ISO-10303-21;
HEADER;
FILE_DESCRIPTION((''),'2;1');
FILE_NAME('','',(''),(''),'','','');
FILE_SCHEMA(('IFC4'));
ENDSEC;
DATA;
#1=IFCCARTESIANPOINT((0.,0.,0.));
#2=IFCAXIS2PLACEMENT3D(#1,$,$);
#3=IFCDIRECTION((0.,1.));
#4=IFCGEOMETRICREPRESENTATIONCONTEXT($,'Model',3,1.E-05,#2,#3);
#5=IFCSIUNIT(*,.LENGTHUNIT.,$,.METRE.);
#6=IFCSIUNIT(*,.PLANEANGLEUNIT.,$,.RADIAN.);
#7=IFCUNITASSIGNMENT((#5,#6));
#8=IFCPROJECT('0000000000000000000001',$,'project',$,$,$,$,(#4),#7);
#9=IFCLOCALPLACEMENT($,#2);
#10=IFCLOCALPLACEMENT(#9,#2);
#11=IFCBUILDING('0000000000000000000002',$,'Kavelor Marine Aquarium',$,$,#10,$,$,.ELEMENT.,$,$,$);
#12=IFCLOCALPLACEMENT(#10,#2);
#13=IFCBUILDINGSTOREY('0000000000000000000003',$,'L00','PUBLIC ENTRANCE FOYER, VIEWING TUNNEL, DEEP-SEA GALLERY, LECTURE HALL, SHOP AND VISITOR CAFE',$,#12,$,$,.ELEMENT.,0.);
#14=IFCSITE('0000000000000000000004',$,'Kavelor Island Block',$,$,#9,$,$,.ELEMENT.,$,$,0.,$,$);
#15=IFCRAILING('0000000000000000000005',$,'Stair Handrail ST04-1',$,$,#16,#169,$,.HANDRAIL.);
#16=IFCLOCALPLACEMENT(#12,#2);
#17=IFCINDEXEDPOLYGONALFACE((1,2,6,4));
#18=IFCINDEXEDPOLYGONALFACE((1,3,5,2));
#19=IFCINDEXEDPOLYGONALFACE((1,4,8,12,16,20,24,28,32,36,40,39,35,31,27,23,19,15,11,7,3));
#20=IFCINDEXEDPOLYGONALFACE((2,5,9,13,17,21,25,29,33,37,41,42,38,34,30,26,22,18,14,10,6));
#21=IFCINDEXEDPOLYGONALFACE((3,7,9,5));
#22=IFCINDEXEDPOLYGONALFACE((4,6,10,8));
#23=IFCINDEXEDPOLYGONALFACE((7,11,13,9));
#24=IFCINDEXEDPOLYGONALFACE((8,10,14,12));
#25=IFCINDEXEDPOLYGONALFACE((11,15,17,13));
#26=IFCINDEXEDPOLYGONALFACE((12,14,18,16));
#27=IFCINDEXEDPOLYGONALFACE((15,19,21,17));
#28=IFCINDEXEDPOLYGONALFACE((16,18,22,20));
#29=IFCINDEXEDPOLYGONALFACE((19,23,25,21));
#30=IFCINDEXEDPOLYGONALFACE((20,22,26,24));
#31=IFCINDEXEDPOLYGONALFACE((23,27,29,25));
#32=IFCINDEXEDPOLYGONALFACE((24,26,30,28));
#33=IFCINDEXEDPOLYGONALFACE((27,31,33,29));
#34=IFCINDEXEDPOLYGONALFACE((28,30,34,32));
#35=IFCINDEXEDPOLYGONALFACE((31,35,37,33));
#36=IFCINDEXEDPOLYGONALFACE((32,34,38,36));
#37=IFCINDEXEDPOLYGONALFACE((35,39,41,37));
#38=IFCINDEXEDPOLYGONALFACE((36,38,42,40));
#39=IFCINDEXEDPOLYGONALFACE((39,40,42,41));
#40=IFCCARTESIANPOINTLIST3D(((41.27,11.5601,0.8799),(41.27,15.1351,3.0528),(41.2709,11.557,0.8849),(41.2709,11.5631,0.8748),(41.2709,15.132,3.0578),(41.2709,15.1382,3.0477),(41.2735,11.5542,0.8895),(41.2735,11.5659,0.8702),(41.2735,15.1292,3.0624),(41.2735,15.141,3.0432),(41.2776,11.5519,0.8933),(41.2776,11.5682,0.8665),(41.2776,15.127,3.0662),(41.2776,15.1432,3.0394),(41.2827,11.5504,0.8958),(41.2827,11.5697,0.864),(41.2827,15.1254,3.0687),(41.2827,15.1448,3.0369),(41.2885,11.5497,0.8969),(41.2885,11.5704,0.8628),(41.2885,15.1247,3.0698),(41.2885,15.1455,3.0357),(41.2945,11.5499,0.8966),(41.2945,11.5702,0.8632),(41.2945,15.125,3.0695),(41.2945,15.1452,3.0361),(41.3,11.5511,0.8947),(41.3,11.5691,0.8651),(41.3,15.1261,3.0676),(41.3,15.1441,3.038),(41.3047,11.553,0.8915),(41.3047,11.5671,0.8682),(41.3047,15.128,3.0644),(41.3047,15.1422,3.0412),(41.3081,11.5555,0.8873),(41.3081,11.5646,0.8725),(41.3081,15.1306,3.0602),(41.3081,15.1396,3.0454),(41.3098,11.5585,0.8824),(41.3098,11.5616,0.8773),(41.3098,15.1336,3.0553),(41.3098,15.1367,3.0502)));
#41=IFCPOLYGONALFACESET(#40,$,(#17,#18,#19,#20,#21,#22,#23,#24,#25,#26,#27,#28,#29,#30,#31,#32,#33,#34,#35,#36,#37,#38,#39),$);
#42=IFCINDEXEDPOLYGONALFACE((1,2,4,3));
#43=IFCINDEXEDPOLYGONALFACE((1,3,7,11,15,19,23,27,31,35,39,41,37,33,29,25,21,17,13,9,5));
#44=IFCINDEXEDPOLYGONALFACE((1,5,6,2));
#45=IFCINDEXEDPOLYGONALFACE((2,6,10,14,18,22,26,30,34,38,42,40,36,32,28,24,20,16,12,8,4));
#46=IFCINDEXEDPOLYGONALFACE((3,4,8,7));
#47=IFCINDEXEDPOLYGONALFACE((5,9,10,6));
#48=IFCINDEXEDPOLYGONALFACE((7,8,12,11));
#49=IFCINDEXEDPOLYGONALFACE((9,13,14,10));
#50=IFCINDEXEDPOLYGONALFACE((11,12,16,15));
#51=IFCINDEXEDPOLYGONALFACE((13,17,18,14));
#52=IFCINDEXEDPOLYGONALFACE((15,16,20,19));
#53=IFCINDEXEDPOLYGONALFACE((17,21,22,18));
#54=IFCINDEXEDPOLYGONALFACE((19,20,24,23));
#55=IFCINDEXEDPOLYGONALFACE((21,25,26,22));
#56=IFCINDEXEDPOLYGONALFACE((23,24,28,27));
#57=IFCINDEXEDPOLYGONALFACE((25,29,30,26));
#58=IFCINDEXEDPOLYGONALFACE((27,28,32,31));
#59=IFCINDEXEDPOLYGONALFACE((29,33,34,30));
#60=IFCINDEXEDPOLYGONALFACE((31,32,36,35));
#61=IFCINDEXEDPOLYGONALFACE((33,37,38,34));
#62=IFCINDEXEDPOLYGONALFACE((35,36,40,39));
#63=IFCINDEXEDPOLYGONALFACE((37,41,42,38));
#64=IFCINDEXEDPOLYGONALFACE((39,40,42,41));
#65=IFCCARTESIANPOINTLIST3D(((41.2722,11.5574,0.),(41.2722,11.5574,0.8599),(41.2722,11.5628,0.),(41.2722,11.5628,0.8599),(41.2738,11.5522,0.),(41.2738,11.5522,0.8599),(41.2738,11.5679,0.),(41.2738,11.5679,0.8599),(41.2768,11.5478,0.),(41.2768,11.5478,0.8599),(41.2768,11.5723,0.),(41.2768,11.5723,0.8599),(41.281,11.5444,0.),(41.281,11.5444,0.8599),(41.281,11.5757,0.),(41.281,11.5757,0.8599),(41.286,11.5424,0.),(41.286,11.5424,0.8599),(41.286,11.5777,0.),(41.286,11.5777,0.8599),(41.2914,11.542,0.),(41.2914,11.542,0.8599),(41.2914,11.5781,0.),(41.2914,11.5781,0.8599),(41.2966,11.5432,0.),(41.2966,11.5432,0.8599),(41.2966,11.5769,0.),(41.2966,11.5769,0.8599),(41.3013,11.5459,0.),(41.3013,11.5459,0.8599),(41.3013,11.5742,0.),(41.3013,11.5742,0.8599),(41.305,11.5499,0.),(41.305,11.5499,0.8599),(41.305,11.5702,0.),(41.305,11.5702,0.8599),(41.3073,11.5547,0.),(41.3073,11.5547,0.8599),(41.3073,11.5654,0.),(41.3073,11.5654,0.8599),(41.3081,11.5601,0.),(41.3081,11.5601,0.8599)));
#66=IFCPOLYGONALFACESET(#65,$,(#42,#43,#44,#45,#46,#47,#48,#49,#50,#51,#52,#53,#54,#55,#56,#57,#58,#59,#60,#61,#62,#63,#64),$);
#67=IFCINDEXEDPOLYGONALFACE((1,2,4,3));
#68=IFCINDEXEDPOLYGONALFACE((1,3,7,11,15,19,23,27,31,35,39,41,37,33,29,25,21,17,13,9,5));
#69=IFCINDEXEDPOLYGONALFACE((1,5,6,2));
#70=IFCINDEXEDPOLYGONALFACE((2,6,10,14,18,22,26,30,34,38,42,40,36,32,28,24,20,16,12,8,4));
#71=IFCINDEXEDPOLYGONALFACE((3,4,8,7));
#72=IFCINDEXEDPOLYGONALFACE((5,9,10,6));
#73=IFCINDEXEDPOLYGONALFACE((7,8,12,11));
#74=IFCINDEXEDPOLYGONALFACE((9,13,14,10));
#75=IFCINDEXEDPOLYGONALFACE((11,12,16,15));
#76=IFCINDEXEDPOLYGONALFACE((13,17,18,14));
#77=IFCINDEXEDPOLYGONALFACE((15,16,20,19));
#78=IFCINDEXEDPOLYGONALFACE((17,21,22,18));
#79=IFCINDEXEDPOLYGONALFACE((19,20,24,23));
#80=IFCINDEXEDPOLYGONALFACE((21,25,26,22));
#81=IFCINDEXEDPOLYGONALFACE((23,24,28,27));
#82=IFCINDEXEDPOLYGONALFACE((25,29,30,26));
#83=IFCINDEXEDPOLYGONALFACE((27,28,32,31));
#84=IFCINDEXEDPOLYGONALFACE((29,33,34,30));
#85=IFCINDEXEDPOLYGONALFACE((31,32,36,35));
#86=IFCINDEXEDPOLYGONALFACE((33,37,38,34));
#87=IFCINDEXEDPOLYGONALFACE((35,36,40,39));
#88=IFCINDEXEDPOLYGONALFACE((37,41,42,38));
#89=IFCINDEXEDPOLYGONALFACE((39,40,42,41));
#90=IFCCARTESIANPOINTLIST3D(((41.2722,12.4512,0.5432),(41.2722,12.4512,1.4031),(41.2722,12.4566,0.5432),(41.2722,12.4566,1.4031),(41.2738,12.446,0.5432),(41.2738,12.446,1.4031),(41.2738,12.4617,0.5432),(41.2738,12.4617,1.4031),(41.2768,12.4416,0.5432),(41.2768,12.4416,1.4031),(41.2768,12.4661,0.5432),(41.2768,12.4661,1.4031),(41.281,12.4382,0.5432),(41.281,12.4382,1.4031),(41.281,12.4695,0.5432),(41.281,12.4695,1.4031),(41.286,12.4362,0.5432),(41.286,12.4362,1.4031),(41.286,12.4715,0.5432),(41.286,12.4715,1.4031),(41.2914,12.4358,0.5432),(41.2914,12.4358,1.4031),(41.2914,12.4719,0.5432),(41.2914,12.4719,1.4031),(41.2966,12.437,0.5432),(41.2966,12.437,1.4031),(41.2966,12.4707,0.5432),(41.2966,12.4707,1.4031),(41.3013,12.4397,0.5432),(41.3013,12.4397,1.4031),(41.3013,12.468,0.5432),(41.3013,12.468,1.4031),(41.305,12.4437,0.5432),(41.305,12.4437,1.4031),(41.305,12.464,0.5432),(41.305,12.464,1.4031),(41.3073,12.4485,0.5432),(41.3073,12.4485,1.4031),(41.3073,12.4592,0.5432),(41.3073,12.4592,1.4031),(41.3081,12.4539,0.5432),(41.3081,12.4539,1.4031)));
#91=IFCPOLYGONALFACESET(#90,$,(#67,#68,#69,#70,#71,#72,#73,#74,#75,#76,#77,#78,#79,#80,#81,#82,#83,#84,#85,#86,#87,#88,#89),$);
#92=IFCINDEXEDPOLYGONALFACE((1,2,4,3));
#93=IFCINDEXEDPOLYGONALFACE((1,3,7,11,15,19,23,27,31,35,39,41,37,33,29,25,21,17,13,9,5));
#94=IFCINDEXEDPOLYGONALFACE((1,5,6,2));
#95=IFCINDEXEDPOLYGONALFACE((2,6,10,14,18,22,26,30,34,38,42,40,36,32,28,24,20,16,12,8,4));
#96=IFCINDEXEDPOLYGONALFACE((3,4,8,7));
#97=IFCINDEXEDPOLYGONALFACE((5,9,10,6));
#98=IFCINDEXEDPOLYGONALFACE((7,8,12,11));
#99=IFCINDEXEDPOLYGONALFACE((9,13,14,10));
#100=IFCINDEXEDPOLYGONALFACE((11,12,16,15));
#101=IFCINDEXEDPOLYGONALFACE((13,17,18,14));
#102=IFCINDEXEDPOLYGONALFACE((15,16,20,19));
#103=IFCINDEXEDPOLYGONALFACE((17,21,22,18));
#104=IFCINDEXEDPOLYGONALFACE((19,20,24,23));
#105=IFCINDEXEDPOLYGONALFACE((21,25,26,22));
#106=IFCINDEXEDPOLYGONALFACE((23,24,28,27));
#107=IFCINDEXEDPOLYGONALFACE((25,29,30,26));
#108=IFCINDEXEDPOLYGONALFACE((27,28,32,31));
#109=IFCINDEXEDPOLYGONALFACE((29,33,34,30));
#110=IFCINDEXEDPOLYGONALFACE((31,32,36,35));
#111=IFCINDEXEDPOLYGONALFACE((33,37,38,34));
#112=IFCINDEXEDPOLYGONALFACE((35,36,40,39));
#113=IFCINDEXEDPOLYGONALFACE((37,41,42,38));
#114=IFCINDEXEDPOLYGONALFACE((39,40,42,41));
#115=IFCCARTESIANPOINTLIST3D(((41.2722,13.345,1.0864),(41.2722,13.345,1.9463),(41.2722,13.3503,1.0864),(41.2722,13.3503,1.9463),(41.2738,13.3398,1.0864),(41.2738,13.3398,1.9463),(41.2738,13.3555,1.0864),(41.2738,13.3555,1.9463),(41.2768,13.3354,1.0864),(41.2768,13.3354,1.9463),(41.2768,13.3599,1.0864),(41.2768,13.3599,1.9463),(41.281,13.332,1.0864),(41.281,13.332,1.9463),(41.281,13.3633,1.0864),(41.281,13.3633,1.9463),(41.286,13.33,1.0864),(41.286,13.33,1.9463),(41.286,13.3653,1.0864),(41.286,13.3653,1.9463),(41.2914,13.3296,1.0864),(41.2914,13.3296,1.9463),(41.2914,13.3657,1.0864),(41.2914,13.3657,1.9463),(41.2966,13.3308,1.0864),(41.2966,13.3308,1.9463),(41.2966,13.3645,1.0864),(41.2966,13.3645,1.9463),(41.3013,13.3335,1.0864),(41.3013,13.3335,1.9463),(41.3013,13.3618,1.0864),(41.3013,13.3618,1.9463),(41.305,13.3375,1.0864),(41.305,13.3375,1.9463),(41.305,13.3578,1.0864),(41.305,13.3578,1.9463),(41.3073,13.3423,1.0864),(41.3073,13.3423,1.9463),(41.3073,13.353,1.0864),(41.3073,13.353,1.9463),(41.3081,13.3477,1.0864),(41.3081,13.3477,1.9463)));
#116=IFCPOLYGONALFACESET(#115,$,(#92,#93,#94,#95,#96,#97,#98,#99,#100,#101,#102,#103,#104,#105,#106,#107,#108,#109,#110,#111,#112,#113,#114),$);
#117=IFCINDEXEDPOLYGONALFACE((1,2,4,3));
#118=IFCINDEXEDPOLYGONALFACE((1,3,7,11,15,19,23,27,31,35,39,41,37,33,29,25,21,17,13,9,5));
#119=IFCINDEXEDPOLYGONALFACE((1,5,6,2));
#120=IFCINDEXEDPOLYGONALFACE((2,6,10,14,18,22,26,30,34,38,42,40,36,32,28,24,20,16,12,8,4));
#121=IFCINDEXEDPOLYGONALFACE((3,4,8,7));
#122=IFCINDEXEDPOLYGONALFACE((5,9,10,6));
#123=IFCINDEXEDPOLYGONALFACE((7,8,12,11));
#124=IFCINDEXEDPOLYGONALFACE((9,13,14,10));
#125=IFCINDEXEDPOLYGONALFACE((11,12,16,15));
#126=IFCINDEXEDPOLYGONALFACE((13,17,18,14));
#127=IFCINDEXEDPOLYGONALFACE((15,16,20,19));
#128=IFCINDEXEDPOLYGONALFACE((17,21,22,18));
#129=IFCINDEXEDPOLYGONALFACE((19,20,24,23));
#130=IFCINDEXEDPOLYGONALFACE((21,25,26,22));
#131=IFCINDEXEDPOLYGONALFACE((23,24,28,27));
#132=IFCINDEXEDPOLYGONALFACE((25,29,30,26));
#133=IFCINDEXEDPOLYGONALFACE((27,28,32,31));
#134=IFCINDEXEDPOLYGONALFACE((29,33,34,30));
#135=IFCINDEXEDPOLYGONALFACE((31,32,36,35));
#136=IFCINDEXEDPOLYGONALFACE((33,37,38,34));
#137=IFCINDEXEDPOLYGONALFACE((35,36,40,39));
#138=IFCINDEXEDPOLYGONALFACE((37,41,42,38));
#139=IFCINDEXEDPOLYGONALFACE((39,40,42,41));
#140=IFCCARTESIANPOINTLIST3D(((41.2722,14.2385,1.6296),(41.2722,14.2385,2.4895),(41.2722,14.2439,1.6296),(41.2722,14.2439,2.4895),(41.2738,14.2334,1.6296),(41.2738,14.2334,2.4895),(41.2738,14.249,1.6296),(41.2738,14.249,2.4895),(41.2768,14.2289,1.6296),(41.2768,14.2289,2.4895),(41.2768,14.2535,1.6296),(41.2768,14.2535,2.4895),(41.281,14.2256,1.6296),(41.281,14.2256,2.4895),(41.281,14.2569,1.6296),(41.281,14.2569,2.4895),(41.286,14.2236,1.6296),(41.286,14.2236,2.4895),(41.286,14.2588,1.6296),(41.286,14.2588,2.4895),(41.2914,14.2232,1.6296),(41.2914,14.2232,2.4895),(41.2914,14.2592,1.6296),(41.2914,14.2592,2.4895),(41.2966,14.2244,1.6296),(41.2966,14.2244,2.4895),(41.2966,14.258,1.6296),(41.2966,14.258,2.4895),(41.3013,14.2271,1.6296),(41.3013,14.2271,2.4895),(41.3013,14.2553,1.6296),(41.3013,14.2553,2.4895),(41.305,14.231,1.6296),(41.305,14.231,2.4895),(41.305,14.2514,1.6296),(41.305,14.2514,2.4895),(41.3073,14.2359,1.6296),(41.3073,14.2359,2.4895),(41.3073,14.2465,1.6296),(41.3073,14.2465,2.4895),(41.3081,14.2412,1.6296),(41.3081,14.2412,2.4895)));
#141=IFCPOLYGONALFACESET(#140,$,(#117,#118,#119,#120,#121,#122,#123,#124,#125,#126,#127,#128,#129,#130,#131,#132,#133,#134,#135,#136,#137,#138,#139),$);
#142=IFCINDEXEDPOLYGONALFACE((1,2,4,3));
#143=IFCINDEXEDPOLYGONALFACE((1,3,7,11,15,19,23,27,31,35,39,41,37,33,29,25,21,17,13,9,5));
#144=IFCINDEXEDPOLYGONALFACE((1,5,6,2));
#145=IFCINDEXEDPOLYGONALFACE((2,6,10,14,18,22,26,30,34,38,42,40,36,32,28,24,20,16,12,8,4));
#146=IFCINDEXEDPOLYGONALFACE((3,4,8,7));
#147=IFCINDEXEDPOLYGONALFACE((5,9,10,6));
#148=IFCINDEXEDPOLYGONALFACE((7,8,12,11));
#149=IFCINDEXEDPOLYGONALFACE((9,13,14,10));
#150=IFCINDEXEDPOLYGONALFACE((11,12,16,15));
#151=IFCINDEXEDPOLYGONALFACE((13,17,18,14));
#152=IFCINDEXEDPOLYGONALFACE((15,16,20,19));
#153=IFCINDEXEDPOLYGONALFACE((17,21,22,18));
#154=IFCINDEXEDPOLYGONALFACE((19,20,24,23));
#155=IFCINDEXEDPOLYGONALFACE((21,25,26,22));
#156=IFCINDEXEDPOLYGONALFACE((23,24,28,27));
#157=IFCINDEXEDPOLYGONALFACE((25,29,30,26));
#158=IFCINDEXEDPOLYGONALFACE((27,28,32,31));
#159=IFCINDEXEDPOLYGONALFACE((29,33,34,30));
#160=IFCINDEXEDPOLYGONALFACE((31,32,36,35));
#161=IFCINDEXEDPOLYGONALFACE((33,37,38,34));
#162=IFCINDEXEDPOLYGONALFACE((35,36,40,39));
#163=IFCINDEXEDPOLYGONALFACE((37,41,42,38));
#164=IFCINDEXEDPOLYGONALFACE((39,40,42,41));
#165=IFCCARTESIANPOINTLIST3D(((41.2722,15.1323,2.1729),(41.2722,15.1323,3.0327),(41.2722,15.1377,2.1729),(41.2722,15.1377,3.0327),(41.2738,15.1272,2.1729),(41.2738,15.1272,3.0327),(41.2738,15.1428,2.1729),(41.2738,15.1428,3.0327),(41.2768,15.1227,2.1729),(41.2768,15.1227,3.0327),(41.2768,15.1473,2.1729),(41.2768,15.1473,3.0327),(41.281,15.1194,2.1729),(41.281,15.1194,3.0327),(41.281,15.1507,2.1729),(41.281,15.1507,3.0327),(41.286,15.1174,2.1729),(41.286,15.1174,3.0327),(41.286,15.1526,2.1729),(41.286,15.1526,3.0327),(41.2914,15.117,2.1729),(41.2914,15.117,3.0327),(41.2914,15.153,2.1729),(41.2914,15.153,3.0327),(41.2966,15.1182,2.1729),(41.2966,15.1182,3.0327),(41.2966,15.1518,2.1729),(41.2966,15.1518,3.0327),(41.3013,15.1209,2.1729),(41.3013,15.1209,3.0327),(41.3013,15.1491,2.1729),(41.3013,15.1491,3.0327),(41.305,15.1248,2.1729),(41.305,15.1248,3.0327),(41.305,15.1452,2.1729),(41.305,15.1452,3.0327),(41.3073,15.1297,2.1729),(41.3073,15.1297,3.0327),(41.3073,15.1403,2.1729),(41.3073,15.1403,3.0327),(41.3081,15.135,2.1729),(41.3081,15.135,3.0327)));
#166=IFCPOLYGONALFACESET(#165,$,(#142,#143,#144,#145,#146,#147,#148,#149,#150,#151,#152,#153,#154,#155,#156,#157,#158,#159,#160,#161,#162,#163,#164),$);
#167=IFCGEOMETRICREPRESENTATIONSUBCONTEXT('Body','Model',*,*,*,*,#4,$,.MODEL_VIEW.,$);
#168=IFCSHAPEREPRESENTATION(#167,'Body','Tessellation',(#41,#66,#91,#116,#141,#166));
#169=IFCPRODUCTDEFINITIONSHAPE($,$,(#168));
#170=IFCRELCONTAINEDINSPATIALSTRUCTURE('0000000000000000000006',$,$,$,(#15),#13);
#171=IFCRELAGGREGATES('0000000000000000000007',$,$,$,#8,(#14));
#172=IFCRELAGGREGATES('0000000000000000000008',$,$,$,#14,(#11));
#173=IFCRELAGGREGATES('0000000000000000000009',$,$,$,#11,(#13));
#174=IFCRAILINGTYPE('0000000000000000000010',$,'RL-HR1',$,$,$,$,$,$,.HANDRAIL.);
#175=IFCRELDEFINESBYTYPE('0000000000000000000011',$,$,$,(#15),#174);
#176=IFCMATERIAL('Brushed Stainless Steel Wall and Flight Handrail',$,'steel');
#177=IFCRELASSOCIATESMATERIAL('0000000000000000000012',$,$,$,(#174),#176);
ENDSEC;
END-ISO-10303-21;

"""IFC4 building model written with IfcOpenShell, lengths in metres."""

from ifc_helpers import new_model, si_unit, direction, frame, origin, origin_2d, place, context, subcontext, project, spatial, circle, extrude, material, type_object, element, save


model = new_model("IFC4")

# Units and contexts
model_context = context("Model", 3, precision=1e-05, world=origin(), true_north=direction((0.0, 1.0)))
body_context = subcontext(model_context, "Body", "Model", "MODEL_VIEW")
ifc_project = project(units=[si_unit("LENGTHUNIT", "METRE"), si_unit("PLANEANGLEUNIT", "RADIAN")], contexts=[model_context])

# Site, building, storey
site_placement = place(None, origin())
site = spatial("IfcSite", under=ifc_project, at=site_placement, Name="Kavelor Island Block", CompositionType="ELEMENT", RefElevation=0.0)
building_placement = place(site_placement, origin())
building = spatial("IfcBuilding", under=site, at=building_placement, Name="Kavelor Marine Aquarium", CompositionType="ELEMENT")
storey_placement = place(building_placement, origin())
storey = spatial("IfcBuildingStorey", under=building, at=storey_placement, Name="L00", Description="PUBLIC ENTRANCE FOYER, VIEWING TUNNEL, DEEP-SEA GALLERY, LECTURE HALL, SHOP AND VISITOR CAFE", CompositionType="ELEMENT", Elevation=0.0)

# Railing
ifc_material_1 = material(Name="Brushed Stainless Steel Wall and Flight Handrail", Category="steel")
railing_type_1 = type_object("IfcRailingType", Name="RL-HR1", PredefinedType="HANDRAIL", material=ifc_material_1)
railing_1_placement = place(storey_placement, frame((41.29, 11.5601, 0.0)))
element("IfcRailing", 1, at=railing_1_placement, inside=storey, type_object=railing_type_1, Name="Stair Handrail ST04-1", PredefinedType="HANDRAIL", context=body_context, shape_type="SweptSolid", body=[
    extrude(circle(Radius=0.02, at=origin_2d()), frame((0.0, 0.0, 0.8799), z_axis=(0.0, 0.854539, 0.519388), x_axis=(-1.0, 0.0, 0.0)), (0.0, 0.0, 1.0), 4.1836),
    extrude(circle(Radius=0.0181, at=origin_2d()), origin(), (0.0, 0.0, 1.0), 0.8599),
    extrude(circle(Radius=0.0181, at=origin_2d()), frame((0.0, 0.8938, 0.5432)), (0.0, 0.0, 1.0), 0.8599),
    extrude(circle(Radius=0.0181, at=origin_2d()), frame((0.0, 1.7876, 1.0864)), (0.0, 0.0, 1.0), 0.8599),
    extrude(circle(Radius=0.0181, at=origin_2d()), frame((0.0, 2.6812, 1.6296)), (0.0, 0.0, 1.0), 0.8599),
    extrude(circle(Radius=0.0181, at=origin_2d()), frame((0.0, 3.575, 2.1729)), (0.0, 0.0, 1.0), 0.8599),
])

save(model, "model.ifc")
